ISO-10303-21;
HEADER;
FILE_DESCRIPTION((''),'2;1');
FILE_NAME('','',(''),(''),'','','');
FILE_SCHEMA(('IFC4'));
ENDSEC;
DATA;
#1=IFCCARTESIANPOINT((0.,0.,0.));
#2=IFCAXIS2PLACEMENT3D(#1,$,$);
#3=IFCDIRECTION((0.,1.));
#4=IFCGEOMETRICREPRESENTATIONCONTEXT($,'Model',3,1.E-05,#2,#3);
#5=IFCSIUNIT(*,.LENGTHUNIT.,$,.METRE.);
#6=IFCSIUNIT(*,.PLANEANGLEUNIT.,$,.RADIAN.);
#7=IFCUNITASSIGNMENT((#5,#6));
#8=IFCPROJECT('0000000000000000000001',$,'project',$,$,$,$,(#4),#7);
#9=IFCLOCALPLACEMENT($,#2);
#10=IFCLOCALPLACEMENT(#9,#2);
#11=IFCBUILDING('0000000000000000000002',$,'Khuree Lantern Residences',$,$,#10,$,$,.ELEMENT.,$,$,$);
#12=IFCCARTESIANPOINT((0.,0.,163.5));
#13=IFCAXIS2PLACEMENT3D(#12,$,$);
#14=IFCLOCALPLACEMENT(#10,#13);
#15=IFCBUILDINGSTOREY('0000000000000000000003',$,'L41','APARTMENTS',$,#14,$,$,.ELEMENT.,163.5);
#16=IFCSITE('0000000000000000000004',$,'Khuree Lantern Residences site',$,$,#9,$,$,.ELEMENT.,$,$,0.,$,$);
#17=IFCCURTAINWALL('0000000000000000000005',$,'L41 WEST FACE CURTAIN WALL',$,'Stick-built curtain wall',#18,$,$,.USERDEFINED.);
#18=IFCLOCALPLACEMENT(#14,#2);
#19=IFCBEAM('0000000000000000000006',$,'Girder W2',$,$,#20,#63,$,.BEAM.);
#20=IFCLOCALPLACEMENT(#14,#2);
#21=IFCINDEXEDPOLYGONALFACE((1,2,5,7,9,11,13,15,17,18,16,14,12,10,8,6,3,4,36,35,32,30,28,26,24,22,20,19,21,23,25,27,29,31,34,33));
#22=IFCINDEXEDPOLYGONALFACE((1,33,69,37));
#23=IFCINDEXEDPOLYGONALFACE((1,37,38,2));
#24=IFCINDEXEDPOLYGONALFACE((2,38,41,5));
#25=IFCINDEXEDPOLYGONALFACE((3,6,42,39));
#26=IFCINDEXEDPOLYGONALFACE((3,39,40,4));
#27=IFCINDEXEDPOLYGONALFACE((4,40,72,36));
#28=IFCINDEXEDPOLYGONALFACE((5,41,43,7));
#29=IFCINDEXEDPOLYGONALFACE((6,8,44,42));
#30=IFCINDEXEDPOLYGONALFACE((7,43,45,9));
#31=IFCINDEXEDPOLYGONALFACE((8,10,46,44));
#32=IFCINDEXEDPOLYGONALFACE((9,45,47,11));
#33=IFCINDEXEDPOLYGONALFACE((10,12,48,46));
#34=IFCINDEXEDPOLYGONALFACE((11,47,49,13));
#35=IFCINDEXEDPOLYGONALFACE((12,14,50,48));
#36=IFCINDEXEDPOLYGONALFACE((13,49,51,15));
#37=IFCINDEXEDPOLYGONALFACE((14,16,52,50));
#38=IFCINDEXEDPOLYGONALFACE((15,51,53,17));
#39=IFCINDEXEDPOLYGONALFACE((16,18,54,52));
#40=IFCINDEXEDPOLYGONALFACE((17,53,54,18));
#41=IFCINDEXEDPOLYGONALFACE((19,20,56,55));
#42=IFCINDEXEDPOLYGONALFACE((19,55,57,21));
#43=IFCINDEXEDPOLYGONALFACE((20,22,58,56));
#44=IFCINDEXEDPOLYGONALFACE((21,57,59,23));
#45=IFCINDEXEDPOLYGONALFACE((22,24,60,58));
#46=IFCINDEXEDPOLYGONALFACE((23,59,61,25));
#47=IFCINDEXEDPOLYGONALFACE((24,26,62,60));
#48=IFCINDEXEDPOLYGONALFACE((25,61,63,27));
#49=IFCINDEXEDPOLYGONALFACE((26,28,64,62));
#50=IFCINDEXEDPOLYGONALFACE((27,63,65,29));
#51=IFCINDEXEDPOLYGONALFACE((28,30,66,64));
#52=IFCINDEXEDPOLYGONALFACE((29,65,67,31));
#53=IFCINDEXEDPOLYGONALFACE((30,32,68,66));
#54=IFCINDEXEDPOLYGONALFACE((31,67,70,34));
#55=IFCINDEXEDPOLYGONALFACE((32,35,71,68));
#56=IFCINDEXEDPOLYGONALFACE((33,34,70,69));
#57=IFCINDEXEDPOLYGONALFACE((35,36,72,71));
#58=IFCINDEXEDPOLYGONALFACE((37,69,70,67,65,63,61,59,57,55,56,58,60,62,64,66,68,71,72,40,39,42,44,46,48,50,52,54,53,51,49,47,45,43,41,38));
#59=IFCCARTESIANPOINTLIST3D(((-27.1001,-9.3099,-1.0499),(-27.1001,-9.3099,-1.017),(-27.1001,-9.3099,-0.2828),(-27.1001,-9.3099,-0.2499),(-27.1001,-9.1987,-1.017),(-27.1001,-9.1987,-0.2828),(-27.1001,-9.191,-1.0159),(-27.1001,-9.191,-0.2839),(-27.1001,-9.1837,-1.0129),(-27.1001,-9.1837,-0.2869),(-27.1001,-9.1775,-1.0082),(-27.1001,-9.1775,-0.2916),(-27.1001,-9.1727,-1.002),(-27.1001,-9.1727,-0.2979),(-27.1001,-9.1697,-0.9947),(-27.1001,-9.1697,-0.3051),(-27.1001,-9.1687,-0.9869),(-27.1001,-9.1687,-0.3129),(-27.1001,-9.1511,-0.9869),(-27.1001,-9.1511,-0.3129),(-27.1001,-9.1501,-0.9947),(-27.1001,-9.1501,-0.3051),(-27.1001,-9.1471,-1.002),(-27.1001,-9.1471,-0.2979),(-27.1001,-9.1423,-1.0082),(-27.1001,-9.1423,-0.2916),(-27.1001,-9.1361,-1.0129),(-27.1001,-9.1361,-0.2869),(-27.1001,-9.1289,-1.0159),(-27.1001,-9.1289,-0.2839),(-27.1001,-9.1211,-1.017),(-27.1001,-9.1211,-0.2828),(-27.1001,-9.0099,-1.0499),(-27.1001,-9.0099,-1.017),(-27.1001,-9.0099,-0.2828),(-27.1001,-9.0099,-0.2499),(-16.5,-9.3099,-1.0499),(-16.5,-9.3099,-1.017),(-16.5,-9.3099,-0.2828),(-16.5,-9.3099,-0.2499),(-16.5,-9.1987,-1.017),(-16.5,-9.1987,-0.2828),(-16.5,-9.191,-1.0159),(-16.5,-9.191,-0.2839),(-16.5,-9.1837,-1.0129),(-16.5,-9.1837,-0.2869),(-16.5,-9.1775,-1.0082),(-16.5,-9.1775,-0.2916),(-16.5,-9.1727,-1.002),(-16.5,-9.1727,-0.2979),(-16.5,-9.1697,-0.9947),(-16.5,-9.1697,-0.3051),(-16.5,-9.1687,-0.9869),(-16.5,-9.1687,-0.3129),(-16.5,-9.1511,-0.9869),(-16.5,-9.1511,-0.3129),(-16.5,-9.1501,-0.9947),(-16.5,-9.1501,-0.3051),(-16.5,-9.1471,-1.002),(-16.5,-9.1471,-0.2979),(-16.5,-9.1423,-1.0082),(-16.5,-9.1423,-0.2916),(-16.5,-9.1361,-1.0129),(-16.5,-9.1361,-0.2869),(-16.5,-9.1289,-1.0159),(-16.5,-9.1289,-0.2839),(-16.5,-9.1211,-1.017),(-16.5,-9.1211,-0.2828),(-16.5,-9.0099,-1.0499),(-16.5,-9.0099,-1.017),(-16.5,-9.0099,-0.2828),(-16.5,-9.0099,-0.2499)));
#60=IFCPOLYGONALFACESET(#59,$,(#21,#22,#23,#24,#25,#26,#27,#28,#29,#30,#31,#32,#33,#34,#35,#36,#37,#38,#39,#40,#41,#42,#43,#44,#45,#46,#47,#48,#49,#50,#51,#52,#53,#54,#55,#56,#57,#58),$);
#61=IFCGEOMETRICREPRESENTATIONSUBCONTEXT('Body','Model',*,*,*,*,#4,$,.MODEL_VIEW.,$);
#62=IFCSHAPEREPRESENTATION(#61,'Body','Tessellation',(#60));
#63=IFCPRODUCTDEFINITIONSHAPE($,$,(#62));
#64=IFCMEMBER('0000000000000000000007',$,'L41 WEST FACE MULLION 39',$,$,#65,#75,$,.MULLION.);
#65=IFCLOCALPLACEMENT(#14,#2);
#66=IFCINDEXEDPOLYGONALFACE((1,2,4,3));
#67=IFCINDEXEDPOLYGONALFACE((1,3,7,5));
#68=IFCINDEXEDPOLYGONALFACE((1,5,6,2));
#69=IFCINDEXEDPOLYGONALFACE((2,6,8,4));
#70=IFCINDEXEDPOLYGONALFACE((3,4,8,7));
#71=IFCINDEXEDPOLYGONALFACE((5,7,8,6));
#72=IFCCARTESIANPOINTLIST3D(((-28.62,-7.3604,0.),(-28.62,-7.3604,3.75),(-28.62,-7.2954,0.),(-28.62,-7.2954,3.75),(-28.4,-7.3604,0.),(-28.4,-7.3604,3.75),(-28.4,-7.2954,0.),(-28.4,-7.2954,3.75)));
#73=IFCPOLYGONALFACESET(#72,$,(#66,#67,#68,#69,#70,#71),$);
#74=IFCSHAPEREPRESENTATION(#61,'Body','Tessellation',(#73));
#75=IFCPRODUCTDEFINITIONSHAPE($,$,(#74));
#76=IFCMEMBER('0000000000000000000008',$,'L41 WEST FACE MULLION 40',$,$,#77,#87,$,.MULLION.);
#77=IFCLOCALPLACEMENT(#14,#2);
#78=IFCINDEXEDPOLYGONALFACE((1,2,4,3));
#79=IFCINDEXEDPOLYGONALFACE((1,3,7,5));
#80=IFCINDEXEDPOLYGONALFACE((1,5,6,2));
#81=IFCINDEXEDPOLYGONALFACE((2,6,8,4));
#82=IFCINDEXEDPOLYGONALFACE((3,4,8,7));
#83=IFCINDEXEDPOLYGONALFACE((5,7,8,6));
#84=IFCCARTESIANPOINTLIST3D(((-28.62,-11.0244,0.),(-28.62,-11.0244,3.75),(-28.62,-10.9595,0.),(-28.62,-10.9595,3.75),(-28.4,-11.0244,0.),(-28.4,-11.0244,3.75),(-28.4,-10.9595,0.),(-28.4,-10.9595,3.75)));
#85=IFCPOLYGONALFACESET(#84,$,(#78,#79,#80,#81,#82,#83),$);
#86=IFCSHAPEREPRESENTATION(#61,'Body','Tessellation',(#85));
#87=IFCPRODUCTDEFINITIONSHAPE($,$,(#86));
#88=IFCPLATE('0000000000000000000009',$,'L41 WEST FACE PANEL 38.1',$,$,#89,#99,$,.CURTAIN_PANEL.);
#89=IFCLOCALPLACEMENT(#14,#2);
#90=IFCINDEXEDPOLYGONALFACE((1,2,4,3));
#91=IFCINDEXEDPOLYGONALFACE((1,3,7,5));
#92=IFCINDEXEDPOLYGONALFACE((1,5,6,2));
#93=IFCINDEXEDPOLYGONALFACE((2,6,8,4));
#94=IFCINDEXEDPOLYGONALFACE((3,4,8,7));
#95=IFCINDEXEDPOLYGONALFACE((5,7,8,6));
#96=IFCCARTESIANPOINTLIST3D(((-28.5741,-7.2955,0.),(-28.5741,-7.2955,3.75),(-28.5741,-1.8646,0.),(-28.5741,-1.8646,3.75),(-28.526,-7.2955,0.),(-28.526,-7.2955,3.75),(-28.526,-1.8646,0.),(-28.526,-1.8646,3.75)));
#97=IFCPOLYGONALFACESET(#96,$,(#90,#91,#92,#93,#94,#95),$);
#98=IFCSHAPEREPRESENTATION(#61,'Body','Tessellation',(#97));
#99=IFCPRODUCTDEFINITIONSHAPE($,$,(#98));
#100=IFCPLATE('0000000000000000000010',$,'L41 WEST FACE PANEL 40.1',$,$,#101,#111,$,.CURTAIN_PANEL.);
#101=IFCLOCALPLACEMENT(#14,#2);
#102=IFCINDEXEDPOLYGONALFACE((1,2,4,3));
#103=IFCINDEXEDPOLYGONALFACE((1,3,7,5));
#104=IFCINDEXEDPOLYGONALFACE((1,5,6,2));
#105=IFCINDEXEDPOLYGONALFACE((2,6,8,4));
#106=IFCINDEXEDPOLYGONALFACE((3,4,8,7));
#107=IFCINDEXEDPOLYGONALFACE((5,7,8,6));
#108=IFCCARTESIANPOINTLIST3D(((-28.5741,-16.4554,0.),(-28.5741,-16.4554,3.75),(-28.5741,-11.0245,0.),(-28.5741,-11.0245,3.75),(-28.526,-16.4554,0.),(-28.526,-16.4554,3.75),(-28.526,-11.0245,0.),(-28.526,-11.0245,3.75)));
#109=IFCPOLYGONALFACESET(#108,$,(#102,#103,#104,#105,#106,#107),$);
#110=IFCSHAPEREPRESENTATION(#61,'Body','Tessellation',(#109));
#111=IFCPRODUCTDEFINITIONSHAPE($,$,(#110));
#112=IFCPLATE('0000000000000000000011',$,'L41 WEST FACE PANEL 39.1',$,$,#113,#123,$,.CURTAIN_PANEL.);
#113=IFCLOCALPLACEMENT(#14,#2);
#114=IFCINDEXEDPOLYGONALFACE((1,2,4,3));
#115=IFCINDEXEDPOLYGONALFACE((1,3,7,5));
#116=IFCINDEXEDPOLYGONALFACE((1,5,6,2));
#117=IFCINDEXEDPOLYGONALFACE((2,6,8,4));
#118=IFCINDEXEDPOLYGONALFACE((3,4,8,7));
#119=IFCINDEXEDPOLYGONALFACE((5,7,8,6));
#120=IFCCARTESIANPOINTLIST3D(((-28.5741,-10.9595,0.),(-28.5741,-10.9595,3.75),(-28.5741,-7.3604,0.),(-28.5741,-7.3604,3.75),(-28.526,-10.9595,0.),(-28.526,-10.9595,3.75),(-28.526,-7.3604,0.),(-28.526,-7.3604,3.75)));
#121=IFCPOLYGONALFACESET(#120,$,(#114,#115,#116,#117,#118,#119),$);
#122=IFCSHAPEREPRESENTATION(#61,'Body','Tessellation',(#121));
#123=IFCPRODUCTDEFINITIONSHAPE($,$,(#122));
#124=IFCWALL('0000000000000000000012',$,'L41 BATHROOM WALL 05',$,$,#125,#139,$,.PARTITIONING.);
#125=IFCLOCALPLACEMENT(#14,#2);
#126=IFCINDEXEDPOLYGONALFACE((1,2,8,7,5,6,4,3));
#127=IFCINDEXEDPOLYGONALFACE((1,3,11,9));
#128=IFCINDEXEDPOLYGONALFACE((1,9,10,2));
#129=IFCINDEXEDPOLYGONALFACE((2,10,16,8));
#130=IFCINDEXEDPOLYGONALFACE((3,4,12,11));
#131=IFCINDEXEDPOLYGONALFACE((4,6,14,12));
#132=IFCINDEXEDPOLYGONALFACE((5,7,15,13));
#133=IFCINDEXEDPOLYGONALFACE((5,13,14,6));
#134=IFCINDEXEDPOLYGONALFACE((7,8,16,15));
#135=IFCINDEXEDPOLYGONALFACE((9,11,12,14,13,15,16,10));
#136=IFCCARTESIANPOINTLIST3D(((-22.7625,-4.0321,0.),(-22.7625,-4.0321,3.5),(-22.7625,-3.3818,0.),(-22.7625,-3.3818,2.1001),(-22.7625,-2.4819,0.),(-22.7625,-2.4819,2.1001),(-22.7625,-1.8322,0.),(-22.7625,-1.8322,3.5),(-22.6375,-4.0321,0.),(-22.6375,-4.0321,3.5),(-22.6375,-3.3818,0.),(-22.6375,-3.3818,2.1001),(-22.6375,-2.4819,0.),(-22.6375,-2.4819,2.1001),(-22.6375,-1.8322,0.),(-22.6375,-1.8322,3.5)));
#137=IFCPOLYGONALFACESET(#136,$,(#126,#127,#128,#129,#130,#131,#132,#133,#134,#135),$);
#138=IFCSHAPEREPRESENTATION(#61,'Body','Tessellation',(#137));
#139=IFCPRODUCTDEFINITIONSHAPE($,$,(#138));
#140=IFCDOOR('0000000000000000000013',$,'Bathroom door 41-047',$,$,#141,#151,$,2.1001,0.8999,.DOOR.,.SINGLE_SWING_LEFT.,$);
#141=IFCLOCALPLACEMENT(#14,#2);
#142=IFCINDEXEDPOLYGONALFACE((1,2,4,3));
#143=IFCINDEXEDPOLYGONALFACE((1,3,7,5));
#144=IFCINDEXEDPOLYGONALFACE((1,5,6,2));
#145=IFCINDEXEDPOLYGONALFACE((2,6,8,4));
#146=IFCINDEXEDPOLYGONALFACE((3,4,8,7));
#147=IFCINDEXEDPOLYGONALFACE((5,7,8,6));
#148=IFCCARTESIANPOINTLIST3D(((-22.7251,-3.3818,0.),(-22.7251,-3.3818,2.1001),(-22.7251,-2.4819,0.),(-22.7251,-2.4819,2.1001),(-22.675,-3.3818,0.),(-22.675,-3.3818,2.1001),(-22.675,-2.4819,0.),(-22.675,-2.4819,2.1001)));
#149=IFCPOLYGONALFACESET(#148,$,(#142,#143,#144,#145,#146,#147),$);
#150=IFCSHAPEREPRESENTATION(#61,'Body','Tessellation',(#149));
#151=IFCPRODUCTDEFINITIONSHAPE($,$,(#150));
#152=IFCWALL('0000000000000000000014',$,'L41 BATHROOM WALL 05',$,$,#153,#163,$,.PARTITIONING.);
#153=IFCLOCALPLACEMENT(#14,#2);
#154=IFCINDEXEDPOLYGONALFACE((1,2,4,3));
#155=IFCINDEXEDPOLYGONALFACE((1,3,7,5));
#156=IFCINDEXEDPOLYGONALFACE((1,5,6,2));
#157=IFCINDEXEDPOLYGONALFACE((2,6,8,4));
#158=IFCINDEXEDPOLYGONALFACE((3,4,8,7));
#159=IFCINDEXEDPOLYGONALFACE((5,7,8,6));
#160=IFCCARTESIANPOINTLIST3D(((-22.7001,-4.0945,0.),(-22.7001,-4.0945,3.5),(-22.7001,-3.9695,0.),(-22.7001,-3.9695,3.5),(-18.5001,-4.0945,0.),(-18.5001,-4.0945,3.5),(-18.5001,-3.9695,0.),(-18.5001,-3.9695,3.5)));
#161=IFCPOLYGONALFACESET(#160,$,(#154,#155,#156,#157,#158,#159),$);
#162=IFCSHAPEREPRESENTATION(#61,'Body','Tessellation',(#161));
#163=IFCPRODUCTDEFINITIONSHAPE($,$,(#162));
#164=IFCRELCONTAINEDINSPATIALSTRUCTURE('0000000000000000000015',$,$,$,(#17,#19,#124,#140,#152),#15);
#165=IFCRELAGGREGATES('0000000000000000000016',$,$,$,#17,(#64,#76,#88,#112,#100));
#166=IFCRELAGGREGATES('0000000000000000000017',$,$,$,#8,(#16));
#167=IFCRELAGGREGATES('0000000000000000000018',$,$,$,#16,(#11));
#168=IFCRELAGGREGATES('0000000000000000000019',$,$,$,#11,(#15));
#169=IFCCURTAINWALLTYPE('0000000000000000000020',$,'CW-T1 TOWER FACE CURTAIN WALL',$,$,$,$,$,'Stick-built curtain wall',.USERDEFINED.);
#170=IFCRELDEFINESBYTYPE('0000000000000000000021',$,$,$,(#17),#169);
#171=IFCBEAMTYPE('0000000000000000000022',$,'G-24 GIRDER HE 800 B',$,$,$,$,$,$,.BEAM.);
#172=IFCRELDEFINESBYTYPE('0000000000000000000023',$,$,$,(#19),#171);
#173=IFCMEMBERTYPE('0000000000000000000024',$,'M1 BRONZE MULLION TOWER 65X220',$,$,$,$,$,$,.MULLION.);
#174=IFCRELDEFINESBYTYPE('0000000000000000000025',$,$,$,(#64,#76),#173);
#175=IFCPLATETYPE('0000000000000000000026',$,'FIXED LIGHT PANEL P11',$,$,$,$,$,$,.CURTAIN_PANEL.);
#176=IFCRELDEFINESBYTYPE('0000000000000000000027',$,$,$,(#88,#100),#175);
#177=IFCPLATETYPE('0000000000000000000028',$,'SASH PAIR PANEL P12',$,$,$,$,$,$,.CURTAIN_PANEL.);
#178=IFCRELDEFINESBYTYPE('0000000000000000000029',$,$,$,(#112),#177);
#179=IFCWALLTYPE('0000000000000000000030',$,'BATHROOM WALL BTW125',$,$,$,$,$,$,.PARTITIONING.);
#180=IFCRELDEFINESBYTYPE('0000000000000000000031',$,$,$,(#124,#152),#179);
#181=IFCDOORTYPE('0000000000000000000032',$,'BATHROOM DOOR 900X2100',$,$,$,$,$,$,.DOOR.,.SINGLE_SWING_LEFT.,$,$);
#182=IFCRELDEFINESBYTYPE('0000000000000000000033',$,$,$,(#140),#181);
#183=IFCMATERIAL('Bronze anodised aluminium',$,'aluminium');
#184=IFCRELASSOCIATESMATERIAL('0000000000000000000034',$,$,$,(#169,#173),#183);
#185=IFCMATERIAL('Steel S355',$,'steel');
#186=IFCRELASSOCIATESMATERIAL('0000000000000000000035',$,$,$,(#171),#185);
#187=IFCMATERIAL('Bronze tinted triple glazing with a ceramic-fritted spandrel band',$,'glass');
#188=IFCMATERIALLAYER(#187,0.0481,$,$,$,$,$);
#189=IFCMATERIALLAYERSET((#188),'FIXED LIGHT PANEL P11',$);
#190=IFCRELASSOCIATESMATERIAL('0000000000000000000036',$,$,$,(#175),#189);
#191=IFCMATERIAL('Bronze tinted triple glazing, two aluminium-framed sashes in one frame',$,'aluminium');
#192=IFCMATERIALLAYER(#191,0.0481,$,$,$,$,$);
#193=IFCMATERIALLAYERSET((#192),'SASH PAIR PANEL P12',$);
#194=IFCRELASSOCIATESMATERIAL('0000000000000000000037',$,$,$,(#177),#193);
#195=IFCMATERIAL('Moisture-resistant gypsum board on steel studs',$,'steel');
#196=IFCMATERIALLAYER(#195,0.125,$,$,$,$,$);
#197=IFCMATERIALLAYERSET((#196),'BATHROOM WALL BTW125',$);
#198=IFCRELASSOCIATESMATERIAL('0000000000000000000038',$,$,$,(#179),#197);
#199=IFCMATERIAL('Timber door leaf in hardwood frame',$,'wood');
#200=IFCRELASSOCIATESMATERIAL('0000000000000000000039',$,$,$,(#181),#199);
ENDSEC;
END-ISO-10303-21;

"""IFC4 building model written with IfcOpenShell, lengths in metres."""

from ifc_helpers import new_model, si_unit, direction, frame, frame_2d, origin, origin_2d, place, context, subcontext, project, spatial, rectangle, i_section, extrude, material, layer, layer_set, material_profile, profile_set, type_object, element, fill, aggregate, save


model = new_model("IFC4")

# Units and contexts
model_context = context("Model", 3, precision=1e-05, world=origin(), true_north=direction((0.0, 1.0)))
body_context = subcontext(model_context, "Body", "Model", "MODEL_VIEW")
ifc_project = project(units=[si_unit("LENGTHUNIT", "METRE"), si_unit("PLANEANGLEUNIT", "RADIAN")], contexts=[model_context])

# Site, building, storey
site_placement = place(None, origin())
site = spatial("IfcSite", under=ifc_project, at=site_placement, Name="Khuree Lantern Residences site", CompositionType="ELEMENT", RefElevation=0.0)
building_placement = place(site_placement, origin())
building = spatial("IfcBuilding", under=site, at=building_placement, Name="Khuree Lantern Residences", CompositionType="ELEMENT")
storey_placement = place(building_placement, frame((0.0, 0.0, 163.5)))
storey = spatial("IfcBuildingStorey", under=building, at=storey_placement, Name="L41", Description="APARTMENTS", CompositionType="ELEMENT", Elevation=163.5)

# Shared definitions
ifc_material_1 = material(Name="Steel S355", Category="steel")

# Curtain wall
ifc_material_2 = material(Name="Bronze anodised aluminium", Category="aluminium")
curtain_wall_type = type_object("IfcCurtainWallType", Name="CW-T1 TOWER FACE CURTAIN WALL", ElementType="Stick-built curtain wall", PredefinedType="USERDEFINED", material=ifc_material_2)
curtain_wall_placement = place(storey_placement, origin())
curtain_wall = element("IfcCurtainWall", 1, at=curtain_wall_placement, inside=storey, type_object=curtain_wall_type, Name="L41 WEST FACE CURTAIN WALL", ObjectType="Stick-built curtain wall", PredefinedType="USERDEFINED")

# Beam
ifc_material_profile_1 = material_profile(ifc_material_1, i_section(OverallWidth=0.3, OverallDepth=0.8, WebThickness=0.0176, FlangeThickness=0.033, FilletRadius=0.03, at=origin_2d()), Name="HE 800 B")
ifc_profile_set_1 = profile_set([ifc_material_profile_1], Name="Steel S355")
beam_type_1 = type_object("IfcBeamType", Name="G-24 GIRDER HE 800 B", PredefinedType="BEAM", material=ifc_profile_set_1)
beam_1_placement = place(storey_placement, frame((-27.1001, -9.1599, -0.6499), z_axis=(1.0, 0.0, 0.0), x_axis=(0.0, 1.0, 0.0)))
element("IfcBeam", 2, at=beam_1_placement, inside=storey, type_object=beam_type_1, Name="Girder W2", PredefinedType="BEAM", context=body_context, shape_type="SweptSolid", body=[
    extrude(i_section(OverallWidth=0.3, OverallDepth=0.8, WebThickness=0.0176, FlangeThickness=0.033, FilletRadius=0.03, at=origin_2d()), origin(), (0.0, 0.0, 1.0), 10.6001),
])

# Members
ifc_material_profile_2 = material_profile(ifc_material_2, rectangle(XDim=0.0649, YDim=0.22, at=origin_2d()), Name="M1 65X220")
ifc_profile_set_2 = profile_set([ifc_material_profile_2], Name="Bronze anodised aluminium")
member_type_1 = type_object("IfcMemberType", Name="M1 BRONZE MULLION TOWER 65X220", PredefinedType="MULLION", material=ifc_profile_set_2)
member_1_placement = place(storey_placement, frame((-28.51, -7.3279, 0.0), z_axis=(0.0, 0.0, 1.0), x_axis=(0.0, -1.0, 0.0)))
member_1 = element("IfcMember", 3, at=member_1_placement, type_object=member_type_1, Name="L41 WEST FACE MULLION 39", PredefinedType="MULLION", context=body_context, shape_type="SweptSolid", body=[
    extrude(rectangle(XDim=0.0649, YDim=0.22, at=origin_2d()), origin(), (0.0, 0.0, 1.0), 3.75),
])
member_2_placement = place(storey_placement, frame((-28.51, -10.9919, 0.0), z_axis=(0.0, 0.0, 1.0), x_axis=(0.0, -1.0, 0.0)))
member_2 = element("IfcMember", 4, at=member_2_placement, type_object=member_type_1, Name="L41 WEST FACE MULLION 40", PredefinedType="MULLION", context=body_context, shape_type="SweptSolid", body=[
    extrude(rectangle(XDim=0.0649, YDim=0.22, at=origin_2d()), origin(), (0.0, 0.0, 1.0), 3.75),
])

# Plates
ifc_material_3 = material(Name="Bronze tinted triple glazing with a ceramic-fritted spandrel band", Category="glass")
ifc_layer_1 = layer(ifc_material_3, 0.0481)
ifc_layer_set_1 = layer_set([ifc_layer_1], Name="FIXED LIGHT PANEL P11")
plate_type_1 = type_object("IfcPlateType", Name="FIXED LIGHT PANEL P11", PredefinedType="CURTAIN_PANEL", material=ifc_layer_set_1)
plate_1_placement = place(storey_placement, frame((-28.55, -4.5801, 0.0), z_axis=(0.0, 0.0, 1.0), x_axis=(0.0, -1.0, 0.0)))
plate_1 = element("IfcPlate", 5, at=plate_1_placement, type_object=plate_type_1, Name="L41 WEST FACE PANEL 38.1", PredefinedType="CURTAIN_PANEL", context=body_context, shape_type="SweptSolid", body=[
    extrude(rectangle(XDim=5.4309, YDim=0.0481, at=origin_2d()), origin(), (0.0, 0.0, 1.0), 3.75),
])
plate_2_placement = place(storey_placement, frame((-28.55, -13.74, 0.0), z_axis=(0.0, 0.0, 1.0), x_axis=(0.0, -1.0, 0.0)))
plate_2 = element("IfcPlate", 6, at=plate_2_placement, type_object=plate_type_1, Name="L41 WEST FACE PANEL 40.1", PredefinedType="CURTAIN_PANEL", context=body_context, shape_type="SweptSolid", body=[
    extrude(rectangle(XDim=5.4309, YDim=0.0481, at=origin_2d()), origin(), (0.0, 0.0, 1.0), 3.75),
])
ifc_material_4 = material(Name="Bronze tinted triple glazing, two aluminium-framed sashes in one frame", Category="aluminium")
ifc_layer_2 = layer(ifc_material_4, 0.0481)
ifc_layer_set_2 = layer_set([ifc_layer_2], Name="SASH PAIR PANEL P12")
plate_type_2 = type_object("IfcPlateType", Name="SASH PAIR PANEL P12", PredefinedType="CURTAIN_PANEL", material=ifc_layer_set_2)
plate_3_placement = place(storey_placement, frame((-28.55, -9.1599, 0.0), z_axis=(0.0, 0.0, 1.0), x_axis=(0.0, -1.0, 0.0)))
plate_3 = element("IfcPlate", 7, at=plate_3_placement, type_object=plate_type_2, Name="L41 WEST FACE PANEL 39.1", PredefinedType="CURTAIN_PANEL", context=body_context, shape_type="SweptSolid", body=[
    extrude(rectangle(XDim=3.5991, YDim=0.0481, at=origin_2d()), origin(), (0.0, 0.0, 1.0), 3.75),
])
aggregate(curtain_wall, [member_1, member_2, plate_1, plate_3, plate_2])

# Wall, opening, door
ifc_material_5 = material(Name="Moisture-resistant gypsum board on steel studs", Category="steel")
ifc_layer_3 = layer(ifc_material_5, 0.125)
ifc_layer_set_3 = layer_set([ifc_layer_3], Name="BATHROOM WALL BTW125")
wall_type_1 = type_object("IfcWallType", Name="BATHROOM WALL BTW125", PredefinedType="PARTITIONING", material=ifc_layer_set_3)
wall_1_placement = place(storey_placement, frame((-22.7, -1.832, 0.0), z_axis=(0.0, 0.0, 1.0), x_axis=(0.0, -1.0, 0.0)))
wall_1 = element("IfcWall", 8, at=wall_1_placement, inside=storey, type_object=wall_type_1, Name="L41 BATHROOM WALL 05", PredefinedType="PARTITIONING", context=body_context, shape_type="SweptSolid", body=[
    extrude(rectangle(XDim=2.2, YDim=0.125, at=frame_2d((1.1001, 0.0))), origin(), (0.0, 0.0, 1.0), 3.5),
])
opening_1_placement = place(wall_1_placement, frame((0.6499, 0.0, 0.0)))
opening_1 = element("IfcOpeningElement", 9, at=opening_1_placement, cuts=wall_1, PredefinedType="OPENING", context=body_context, shape_type="SweptSolid", body=[
    extrude(rectangle(XDim=0.8999, YDim=2.1001, at=frame_2d((0.45, 1.05))), frame((0.0, 0.0725, 0.0), z_axis=(0.0, -1.0, 0.0), x_axis=(1.0, 0.0, 0.0)), (0.0, 0.0, 1.0), 0.145),
])
ifc_material_6 = material(Name="Timber door leaf in hardwood frame", Category="wood")
door_type_1 = type_object("IfcDoorType", Name="BATHROOM DOOR 900X2100", OperationType="SINGLE_SWING_LEFT", PredefinedType="DOOR", material=ifc_material_6)
door_1_placement = place(opening_1_placement, origin())
door_1 = element("IfcDoor", 10, at=door_1_placement, inside=storey, type_object=door_type_1, Name="Bathroom door 41-047", OperationType="SINGLE_SWING_LEFT", OverallHeight=2.1001, OverallWidth=0.8999, PredefinedType="DOOR", context=body_context, shape_type="SweptSolid", body=[
    extrude(rectangle(XDim=0.8999, YDim=2.1001, at=frame_2d((0.45, 1.05))), frame((0.0, 0.0249, 0.0), z_axis=(0.0, -1.0, 0.0), x_axis=(1.0, 0.0, 0.0)), (0.0, 0.0, 1.0), 0.05),
])
fill(opening_1, door_1)

# Wall
wall_2_placement = place(storey_placement, frame((-18.5, -4.032, 0.0), z_axis=(0.0, 0.0, 1.0), x_axis=(-1.0, 0.0, 0.0)))
element("IfcWall", 11, at=wall_2_placement, inside=storey, type_object=wall_type_1, Name="L41 BATHROOM WALL 05", PredefinedType="PARTITIONING", context=body_context, shape_type="SweptSolid", body=[
    extrude(rectangle(XDim=4.2, YDim=0.125, at=frame_2d((2.1001, 0.0))), origin(), (0.0, 0.0, 1.0), 3.5),
])

save(model, "model.ifc")
